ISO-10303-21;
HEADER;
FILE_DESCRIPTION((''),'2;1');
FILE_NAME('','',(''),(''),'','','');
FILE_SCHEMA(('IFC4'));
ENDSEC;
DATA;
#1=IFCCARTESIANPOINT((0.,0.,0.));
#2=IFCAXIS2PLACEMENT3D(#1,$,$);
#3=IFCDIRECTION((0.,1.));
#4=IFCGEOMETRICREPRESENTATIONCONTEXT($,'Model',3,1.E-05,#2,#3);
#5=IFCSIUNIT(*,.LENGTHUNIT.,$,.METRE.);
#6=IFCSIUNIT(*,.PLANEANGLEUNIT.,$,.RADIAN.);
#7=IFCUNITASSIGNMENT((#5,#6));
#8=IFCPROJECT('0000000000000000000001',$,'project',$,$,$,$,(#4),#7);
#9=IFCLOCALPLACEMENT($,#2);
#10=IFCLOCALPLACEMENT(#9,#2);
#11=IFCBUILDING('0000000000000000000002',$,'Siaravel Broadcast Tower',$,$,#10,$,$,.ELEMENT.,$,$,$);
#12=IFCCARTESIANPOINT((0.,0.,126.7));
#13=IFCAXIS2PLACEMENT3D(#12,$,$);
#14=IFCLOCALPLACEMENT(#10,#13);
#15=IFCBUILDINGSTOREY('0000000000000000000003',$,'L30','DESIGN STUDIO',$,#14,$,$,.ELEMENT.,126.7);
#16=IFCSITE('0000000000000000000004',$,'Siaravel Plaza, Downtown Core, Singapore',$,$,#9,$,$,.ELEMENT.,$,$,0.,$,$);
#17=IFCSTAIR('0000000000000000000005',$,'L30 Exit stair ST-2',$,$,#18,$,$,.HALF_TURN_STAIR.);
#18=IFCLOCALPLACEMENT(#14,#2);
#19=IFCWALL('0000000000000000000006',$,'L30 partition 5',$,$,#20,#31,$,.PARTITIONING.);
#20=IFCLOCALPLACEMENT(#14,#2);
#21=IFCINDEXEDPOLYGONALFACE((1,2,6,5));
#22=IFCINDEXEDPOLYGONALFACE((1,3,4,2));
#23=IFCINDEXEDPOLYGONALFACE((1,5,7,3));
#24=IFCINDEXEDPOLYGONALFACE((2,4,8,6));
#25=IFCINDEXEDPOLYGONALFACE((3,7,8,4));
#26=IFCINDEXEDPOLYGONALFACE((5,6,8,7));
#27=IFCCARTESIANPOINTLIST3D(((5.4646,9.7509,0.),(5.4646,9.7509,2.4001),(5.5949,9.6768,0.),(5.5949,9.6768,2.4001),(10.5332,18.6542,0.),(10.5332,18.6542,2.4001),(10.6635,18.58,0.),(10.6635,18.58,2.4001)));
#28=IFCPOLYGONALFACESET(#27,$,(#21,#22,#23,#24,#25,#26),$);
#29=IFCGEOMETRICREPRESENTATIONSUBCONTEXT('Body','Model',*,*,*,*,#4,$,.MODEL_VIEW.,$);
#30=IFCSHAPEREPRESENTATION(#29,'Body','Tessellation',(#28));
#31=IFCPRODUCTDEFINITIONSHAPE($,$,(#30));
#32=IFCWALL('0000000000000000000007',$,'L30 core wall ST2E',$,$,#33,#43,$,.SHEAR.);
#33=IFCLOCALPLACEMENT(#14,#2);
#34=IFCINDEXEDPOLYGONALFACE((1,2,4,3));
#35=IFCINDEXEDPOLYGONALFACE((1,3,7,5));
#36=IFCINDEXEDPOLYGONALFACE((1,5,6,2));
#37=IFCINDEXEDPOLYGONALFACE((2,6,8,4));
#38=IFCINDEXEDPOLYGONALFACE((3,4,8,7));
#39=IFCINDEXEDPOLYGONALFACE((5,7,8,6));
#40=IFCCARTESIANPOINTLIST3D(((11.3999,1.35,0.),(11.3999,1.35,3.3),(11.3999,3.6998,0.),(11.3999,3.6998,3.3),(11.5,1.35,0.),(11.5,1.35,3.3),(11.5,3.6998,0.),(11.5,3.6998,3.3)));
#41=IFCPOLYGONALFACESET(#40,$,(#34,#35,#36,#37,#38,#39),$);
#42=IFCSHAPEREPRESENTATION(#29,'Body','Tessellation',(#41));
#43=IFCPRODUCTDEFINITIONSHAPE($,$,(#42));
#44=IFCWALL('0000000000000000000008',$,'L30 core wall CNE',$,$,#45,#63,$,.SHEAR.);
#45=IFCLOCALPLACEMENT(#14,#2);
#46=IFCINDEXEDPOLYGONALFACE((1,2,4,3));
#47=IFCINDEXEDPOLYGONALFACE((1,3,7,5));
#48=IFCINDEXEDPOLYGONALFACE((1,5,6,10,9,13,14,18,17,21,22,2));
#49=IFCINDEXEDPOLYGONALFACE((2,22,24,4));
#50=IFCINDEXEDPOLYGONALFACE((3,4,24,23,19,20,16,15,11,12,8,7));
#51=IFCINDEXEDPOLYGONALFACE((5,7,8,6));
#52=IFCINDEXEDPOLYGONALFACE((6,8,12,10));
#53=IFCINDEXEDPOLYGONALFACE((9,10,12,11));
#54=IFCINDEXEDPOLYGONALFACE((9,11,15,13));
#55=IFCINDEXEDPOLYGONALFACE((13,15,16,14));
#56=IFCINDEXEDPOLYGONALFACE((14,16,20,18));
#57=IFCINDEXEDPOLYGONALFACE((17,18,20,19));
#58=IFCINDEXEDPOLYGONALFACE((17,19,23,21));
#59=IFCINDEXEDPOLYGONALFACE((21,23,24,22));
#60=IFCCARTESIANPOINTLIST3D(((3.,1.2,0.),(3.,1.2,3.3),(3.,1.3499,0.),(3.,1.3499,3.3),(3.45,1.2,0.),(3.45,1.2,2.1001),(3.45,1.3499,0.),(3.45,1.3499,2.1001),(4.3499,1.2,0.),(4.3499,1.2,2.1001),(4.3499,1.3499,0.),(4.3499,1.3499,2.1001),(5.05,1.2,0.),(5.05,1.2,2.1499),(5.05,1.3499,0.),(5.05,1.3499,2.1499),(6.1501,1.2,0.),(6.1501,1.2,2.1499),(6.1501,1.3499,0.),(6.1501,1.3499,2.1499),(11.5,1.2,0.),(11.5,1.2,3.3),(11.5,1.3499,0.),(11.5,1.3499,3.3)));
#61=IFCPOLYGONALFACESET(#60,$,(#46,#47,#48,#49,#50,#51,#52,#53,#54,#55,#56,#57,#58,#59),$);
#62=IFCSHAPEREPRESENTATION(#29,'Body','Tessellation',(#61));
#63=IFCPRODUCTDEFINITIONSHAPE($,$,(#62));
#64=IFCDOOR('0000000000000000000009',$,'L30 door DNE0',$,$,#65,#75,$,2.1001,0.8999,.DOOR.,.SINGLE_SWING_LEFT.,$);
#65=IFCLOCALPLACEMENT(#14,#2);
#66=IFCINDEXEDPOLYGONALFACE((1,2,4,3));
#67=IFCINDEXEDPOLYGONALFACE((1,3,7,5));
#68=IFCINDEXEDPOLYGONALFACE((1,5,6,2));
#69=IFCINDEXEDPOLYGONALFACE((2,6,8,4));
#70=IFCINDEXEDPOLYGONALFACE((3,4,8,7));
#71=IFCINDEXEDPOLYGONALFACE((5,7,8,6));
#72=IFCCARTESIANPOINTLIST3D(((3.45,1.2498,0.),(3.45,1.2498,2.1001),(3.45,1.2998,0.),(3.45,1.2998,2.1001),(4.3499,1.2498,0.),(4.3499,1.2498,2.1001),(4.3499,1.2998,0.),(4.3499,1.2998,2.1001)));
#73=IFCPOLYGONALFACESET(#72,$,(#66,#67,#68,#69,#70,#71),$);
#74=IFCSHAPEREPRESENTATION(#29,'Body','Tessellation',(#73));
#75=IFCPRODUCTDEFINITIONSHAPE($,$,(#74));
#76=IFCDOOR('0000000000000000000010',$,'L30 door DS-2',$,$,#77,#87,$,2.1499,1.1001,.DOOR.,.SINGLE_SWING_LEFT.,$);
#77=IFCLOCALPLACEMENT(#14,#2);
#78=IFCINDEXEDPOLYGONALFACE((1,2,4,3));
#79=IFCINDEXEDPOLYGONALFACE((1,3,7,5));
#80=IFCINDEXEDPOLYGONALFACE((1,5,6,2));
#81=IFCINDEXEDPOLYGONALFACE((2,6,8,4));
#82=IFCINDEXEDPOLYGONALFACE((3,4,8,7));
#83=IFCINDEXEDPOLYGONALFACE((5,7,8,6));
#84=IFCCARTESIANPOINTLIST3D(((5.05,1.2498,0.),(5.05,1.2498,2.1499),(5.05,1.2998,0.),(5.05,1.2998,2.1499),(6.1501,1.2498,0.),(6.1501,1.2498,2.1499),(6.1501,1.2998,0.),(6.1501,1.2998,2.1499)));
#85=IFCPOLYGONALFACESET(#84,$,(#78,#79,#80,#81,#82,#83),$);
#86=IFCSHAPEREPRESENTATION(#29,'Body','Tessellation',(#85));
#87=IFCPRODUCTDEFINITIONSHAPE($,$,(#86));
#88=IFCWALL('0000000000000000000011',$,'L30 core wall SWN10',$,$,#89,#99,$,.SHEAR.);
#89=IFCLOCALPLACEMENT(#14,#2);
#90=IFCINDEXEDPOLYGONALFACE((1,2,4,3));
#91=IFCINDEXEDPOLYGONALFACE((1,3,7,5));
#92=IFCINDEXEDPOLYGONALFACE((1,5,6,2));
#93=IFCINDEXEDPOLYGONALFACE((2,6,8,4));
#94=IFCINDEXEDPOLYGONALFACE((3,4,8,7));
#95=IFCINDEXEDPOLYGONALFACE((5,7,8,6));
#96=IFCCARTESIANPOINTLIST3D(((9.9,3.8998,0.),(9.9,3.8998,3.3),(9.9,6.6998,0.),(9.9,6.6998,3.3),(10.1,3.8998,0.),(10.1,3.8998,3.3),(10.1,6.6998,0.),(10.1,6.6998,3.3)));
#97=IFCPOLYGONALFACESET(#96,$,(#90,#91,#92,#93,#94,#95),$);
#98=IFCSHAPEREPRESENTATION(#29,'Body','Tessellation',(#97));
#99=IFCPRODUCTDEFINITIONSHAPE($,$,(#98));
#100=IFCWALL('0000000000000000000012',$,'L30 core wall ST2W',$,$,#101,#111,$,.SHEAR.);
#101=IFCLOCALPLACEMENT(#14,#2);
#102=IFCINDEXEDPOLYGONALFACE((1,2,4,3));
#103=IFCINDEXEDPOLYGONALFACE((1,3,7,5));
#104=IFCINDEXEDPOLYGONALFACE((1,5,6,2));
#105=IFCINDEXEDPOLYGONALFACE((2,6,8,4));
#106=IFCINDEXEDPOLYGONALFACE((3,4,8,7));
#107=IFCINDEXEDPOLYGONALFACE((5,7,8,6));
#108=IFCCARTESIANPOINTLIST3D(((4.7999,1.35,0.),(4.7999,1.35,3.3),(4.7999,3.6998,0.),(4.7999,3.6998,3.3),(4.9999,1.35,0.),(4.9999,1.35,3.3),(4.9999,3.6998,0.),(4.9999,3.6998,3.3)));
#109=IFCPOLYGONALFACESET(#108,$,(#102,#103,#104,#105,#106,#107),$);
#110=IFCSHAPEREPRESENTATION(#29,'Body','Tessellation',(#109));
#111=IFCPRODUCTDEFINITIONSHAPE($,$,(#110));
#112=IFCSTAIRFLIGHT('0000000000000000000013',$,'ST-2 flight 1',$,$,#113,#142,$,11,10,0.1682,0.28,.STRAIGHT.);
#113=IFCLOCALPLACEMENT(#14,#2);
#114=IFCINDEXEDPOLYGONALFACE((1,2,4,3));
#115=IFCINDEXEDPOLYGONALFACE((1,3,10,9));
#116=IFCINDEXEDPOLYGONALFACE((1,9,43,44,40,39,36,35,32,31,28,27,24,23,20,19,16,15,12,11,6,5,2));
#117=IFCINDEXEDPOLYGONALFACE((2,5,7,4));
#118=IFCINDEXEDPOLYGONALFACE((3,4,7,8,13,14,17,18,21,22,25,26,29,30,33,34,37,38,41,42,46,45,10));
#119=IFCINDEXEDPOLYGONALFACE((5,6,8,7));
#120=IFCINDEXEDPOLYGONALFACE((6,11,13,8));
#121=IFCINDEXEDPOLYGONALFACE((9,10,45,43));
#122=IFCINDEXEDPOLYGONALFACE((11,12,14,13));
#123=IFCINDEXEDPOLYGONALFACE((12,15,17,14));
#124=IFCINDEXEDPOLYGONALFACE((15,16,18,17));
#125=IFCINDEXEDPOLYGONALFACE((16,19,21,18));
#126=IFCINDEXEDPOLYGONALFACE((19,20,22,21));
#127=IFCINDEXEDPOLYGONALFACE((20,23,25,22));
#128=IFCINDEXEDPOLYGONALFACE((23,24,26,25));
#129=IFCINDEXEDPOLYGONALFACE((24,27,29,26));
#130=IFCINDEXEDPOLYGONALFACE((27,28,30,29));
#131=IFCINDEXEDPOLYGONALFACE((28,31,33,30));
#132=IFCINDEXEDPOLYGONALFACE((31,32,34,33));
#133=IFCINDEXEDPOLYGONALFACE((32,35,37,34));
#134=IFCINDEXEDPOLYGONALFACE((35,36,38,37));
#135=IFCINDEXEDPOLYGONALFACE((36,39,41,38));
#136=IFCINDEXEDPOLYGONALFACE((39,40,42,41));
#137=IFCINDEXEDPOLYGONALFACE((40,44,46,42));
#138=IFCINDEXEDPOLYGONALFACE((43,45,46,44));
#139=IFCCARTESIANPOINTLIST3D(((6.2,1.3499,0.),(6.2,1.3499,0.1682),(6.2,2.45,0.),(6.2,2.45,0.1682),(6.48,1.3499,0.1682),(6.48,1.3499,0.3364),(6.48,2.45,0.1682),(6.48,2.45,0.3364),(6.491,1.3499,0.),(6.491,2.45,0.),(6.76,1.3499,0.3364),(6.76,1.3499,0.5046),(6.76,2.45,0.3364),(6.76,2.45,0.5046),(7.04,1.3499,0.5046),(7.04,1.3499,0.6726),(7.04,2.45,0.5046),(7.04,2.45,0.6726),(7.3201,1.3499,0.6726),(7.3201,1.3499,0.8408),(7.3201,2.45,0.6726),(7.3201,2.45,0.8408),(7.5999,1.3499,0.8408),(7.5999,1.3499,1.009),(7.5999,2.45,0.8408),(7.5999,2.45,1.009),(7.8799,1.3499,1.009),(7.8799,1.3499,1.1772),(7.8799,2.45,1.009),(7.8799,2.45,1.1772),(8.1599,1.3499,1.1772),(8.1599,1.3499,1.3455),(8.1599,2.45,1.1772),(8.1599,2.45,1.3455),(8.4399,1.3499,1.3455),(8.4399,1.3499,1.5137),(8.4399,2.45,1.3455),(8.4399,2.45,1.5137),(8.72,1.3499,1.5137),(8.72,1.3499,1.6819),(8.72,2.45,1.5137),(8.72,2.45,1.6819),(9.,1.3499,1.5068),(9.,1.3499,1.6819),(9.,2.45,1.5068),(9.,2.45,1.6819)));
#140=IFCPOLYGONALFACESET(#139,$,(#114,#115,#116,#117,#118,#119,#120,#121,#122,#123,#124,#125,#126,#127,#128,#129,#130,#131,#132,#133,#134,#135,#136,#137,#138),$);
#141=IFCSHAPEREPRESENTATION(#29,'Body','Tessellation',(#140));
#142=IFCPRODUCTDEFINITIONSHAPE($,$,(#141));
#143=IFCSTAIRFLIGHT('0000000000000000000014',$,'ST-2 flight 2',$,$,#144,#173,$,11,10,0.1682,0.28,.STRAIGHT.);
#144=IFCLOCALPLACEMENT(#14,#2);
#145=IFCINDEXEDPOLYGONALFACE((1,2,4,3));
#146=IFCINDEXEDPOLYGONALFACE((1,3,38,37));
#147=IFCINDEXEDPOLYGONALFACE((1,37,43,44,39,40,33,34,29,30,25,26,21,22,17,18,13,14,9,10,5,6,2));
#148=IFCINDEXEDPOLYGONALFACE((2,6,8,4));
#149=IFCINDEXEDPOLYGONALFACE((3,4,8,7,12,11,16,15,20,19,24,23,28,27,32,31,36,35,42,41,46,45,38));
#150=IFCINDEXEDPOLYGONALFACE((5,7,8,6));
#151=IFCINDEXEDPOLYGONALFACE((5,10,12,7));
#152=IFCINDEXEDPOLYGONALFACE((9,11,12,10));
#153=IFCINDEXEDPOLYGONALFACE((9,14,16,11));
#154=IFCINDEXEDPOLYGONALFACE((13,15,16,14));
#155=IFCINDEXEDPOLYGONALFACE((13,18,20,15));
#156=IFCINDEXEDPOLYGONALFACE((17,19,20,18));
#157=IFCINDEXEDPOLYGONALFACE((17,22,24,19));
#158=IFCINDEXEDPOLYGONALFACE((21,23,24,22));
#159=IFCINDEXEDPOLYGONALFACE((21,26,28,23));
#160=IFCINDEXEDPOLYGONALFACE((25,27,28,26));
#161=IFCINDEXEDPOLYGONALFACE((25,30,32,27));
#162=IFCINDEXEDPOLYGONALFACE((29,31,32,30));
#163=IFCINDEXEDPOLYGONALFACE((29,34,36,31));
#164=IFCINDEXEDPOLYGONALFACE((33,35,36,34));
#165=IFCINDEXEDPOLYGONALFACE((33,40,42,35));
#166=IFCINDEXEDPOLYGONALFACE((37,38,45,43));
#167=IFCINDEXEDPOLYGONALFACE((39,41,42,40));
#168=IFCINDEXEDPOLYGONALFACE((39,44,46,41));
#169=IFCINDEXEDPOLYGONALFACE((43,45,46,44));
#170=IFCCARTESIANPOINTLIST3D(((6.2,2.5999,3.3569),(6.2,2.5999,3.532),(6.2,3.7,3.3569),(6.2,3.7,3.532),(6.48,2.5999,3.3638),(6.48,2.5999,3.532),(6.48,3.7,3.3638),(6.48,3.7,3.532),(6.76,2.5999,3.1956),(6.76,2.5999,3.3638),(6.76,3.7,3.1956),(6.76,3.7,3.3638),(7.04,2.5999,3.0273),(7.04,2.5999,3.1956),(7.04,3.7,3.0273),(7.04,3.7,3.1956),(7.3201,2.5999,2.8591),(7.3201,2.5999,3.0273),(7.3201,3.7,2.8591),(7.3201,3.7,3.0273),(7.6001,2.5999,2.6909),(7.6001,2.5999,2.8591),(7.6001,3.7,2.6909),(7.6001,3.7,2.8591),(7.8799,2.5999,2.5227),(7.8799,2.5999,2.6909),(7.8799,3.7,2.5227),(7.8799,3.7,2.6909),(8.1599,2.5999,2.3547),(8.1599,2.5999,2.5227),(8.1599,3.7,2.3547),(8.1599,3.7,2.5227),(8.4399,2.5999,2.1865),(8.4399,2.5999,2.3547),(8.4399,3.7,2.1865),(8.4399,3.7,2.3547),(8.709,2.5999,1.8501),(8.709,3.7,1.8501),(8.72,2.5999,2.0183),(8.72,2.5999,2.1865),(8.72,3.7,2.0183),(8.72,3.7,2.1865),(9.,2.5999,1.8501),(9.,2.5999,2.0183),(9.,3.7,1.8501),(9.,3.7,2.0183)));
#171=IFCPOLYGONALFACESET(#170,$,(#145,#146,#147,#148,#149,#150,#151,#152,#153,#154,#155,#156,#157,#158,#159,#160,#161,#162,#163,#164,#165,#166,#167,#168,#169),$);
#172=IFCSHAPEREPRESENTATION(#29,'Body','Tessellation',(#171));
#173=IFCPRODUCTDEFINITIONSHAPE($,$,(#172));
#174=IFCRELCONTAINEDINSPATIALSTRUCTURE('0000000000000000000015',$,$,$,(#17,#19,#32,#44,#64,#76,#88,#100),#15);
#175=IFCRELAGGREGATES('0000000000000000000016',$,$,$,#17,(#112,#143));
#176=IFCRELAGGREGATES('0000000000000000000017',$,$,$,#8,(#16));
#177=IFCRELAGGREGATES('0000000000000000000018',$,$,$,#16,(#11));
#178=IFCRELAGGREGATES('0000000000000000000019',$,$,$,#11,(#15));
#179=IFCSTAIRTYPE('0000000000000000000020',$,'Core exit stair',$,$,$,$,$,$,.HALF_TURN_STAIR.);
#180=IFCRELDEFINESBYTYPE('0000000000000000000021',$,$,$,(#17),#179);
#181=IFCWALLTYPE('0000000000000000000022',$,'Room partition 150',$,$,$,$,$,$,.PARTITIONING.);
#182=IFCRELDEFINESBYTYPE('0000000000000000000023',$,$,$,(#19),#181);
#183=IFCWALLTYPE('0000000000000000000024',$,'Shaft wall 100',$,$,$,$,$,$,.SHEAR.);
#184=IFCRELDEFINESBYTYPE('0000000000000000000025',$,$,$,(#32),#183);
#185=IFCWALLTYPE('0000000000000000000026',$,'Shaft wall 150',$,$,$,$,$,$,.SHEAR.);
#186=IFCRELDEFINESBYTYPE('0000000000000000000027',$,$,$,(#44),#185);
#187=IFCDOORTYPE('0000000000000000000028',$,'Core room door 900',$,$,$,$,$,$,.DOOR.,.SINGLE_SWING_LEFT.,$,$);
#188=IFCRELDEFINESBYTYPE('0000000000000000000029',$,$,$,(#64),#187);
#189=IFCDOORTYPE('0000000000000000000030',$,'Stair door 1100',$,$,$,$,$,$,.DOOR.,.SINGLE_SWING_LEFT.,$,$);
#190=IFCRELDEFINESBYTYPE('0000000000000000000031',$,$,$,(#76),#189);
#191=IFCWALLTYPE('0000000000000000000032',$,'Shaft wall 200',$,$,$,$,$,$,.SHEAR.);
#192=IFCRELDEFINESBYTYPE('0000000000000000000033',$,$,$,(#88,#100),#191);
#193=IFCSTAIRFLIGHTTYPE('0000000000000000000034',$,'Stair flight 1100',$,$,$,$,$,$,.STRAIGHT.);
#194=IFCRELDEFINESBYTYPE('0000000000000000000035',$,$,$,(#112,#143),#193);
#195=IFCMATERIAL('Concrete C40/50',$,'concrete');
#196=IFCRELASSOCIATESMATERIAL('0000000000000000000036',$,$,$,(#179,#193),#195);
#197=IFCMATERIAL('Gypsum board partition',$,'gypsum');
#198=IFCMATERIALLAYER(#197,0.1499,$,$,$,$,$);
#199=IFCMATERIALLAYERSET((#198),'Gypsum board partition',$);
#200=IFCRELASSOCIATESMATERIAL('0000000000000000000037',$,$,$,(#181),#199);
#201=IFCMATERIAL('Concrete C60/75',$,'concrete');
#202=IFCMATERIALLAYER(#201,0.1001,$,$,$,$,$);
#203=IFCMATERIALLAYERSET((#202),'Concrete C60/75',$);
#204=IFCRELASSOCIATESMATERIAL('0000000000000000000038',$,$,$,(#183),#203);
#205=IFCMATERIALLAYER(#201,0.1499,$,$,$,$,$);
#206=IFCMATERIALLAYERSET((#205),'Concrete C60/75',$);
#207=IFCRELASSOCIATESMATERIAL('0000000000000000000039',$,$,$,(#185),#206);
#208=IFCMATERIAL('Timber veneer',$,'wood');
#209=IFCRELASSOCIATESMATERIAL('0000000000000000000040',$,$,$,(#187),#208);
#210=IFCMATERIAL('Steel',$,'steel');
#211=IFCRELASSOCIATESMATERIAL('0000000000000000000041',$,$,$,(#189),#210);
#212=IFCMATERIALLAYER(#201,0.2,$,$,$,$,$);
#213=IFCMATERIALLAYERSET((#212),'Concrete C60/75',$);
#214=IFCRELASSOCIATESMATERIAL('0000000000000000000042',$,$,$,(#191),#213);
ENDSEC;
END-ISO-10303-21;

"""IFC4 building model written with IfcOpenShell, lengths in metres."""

from ifc_helpers import new_model, si_unit, direction, frame, frame_2d, origin, place, context, subcontext, project, spatial, polyline, rectangle, outline, extrude, material, layer, layer_set, type_object, element, fill, aggregate, save


model = new_model("IFC4")

# Units and contexts
model_context = context("Model", 3, precision=1e-05, world=origin(), true_north=direction((0.0, 1.0)))
body_context = subcontext(model_context, "Body", "Model", "MODEL_VIEW")
ifc_project = project(units=[si_unit("LENGTHUNIT", "METRE"), si_unit("PLANEANGLEUNIT", "RADIAN")], contexts=[model_context])

# Site, building, storey
site_placement = place(None, origin())
site = spatial("IfcSite", under=ifc_project, at=site_placement, Name="Siaravel Plaza, Downtown Core, Singapore", CompositionType="ELEMENT", RefElevation=0.0)
building_placement = place(site_placement, origin())
building = spatial("IfcBuilding", under=site, at=building_placement, Name="Siaravel Broadcast Tower", CompositionType="ELEMENT")
storey_placement = place(building_placement, frame((0.0, 0.0, 126.7)))
storey = spatial("IfcBuildingStorey", under=building, at=storey_placement, Name="L30", Description="DESIGN STUDIO", CompositionType="ELEMENT", Elevation=126.7)

# Shared definitions
ifc_material_1 = material(Name="Concrete C60/75", Category="concrete")

# Shared definitions
ifc_material_2 = material(Name="Concrete C40/50", Category="concrete")

# Stair
stair_type = type_object("IfcStairType", Name="Core exit stair", PredefinedType="HALF_TURN_STAIR", material=ifc_material_2)
stair_1_placement = place(storey_placement, origin())
stair_1 = element("IfcStair", 1, at=stair_1_placement, inside=storey, type_object=stair_type, Name="L30 Exit stair ST-2", PredefinedType="HALF_TURN_STAIR")

# Shared definitions
ifc_material_3 = material(Name="Gypsum board partition", Category="gypsum")
ifc_material_4 = material(Name="Timber veneer", Category="wood")

# Walls
ifc_layer_1 = layer(ifc_material_3, 0.1499)
ifc_layer_set_1 = layer_set([ifc_layer_1], Name="Gypsum board partition")
wall_type_1 = type_object("IfcWallType", Name="Room partition 150", PredefinedType="PARTITIONING", material=ifc_layer_set_1)
wall_1_placement = place(storey_placement, frame((10.5984, 18.6172, 0.0), z_axis=(0.0, 0.0, 1.0), x_axis=(-0.49474, -0.869041, 0.0)))
element("IfcWall", 2, at=wall_1_placement, inside=storey, type_object=wall_type_1, Name="L30 partition 5", PredefinedType="PARTITIONING", context=body_context, shape_type="SweptSolid", body=[
    extrude(rectangle(XDim=10.2449, YDim=0.1499, at=frame_2d((5.1226, 0.0))), origin(), (0.0, 0.0, 1.0), 2.4001),
])
ifc_layer_2 = layer(ifc_material_1, 0.1001)
ifc_layer_set_2 = layer_set([ifc_layer_2], Name="Concrete C60/75")
wall_type_2 = type_object("IfcWallType", Name="Shaft wall 100", PredefinedType="SHEAR", material=ifc_layer_set_2)
wall_2_placement = place(storey_placement, frame((11.45, 1.3501, 0.0), z_axis=(0.0, 0.0, 1.0), x_axis=(0.0, 1.0, 0.0)))
element("IfcWall", 3, at=wall_2_placement, inside=storey, type_object=wall_type_2, Name="L30 core wall ST2E", PredefinedType="SHEAR", context=body_context, shape_type="SweptSolid", body=[
    extrude(rectangle(XDim=2.3499, YDim=0.1001, at=frame_2d((1.1748, 0.0))), origin(), (0.0, 0.0, 1.0), 3.3),
])

# Wall, openings, doors
ifc_layer_3 = layer(ifc_material_1, 0.1499)
ifc_layer_set_3 = layer_set([ifc_layer_3], Name="Concrete C60/75")
wall_type_3 = type_object("IfcWallType", Name="Shaft wall 150", PredefinedType="SHEAR", material=ifc_layer_set_3)
wall_3_placement = place(storey_placement, frame((3.0, 1.2749, 0.0), z_axis=(0.0, 0.0, 1.0), x_axis=(1.0, 0.0, 0.0)))
wall_3 = element("IfcWall", 4, at=wall_3_placement, inside=storey, type_object=wall_type_3, Name="L30 core wall CNE", PredefinedType="SHEAR", context=body_context, shape_type="SweptSolid", body=[
    extrude(rectangle(XDim=8.5, YDim=0.1499, at=frame_2d((4.25, 0.0))), origin(), (0.0, 0.0, 1.0), 3.3),
])
opening_1_placement = place(wall_3_placement, frame((2.05, 0.0, 0.0)))
opening_1 = element("IfcOpeningElement", 5, at=opening_1_placement, cuts=wall_3, PredefinedType="OPENING", context=body_context, shape_type="SweptSolid", body=[
    extrude(rectangle(XDim=1.1001, YDim=2.1499, at=frame_2d((0.55, 1.075))), frame((0.0, 0.085, 0.0), z_axis=(0.0, -1.0, 0.0), x_axis=(1.0, 0.0, 0.0)), (0.0, 0.0, 1.0), 0.1699),
])
opening_2_placement = place(wall_3_placement, frame((0.45, 0.0, 0.0)))
opening_2 = element("IfcOpeningElement", 6, at=opening_2_placement, cuts=wall_3, PredefinedType="OPENING", context=body_context, shape_type="SweptSolid", body=[
    extrude(rectangle(XDim=0.8999, YDim=2.1001, at=frame_2d((0.45, 1.05))), frame((0.0, 0.085, 0.0), z_axis=(0.0, -1.0, 0.0), x_axis=(1.0, 0.0, 0.0)), (0.0, 0.0, 1.0), 0.1699),
])
door_type_1 = type_object("IfcDoorType", Name="Core room door 900", OperationType="SINGLE_SWING_LEFT", PredefinedType="DOOR", material=ifc_material_4)
door_1_placement = place(opening_2_placement, origin())
door_1 = element("IfcDoor", 7, at=door_1_placement, inside=storey, type_object=door_type_1, Name="L30 door DNE0", OperationType="SINGLE_SWING_LEFT", OverallHeight=2.1001, OverallWidth=0.8999, PredefinedType="DOOR", context=body_context, shape_type="SweptSolid", body=[
    extrude(rectangle(XDim=0.8999, YDim=2.1001, at=frame_2d((0.45, 1.05))), frame((0.0, 0.0249, 0.0), z_axis=(0.0, -1.0, 0.0), x_axis=(1.0, 0.0, 0.0)), (0.0, 0.0, 1.0), 0.05),
])
fill(opening_2, door_1)
ifc_material_5 = material(Name="Steel", Category="steel")
door_type_2 = type_object("IfcDoorType", Name="Stair door 1100", OperationType="SINGLE_SWING_LEFT", PredefinedType="DOOR", material=ifc_material_5)
door_2_placement = place(opening_1_placement, origin())
door_2 = element("IfcDoor", 8, at=door_2_placement, inside=storey, type_object=door_type_2, Name="L30 door DS-2", OperationType="SINGLE_SWING_LEFT", OverallHeight=2.1499, OverallWidth=1.1001, PredefinedType="DOOR", context=body_context, shape_type="SweptSolid", body=[
    extrude(rectangle(XDim=1.1001, YDim=2.1499, at=frame_2d((0.55, 1.075))), frame((0.0, 0.0249, 0.0), z_axis=(0.0, -1.0, 0.0), x_axis=(1.0, 0.0, 0.0)), (0.0, 0.0, 1.0), 0.05),
])
fill(opening_1, door_2)

# Walls
ifc_layer_4 = layer(ifc_material_1, 0.2)
ifc_layer_set_4 = layer_set([ifc_layer_4], Name="Concrete C60/75")
wall_type_4 = type_object("IfcWallType", Name="Shaft wall 200", PredefinedType="SHEAR", material=ifc_layer_set_4)
wall_4_placement = place(storey_placement, frame((10.0, 3.8999, 0.0), z_axis=(0.0, 0.0, 1.0), x_axis=(0.0, 1.0, 0.0)))
element("IfcWall", 9, at=wall_4_placement, inside=storey, type_object=wall_type_4, Name="L30 core wall SWN10", PredefinedType="SHEAR", context=body_context, shape_type="SweptSolid", body=[
    extrude(rectangle(XDim=2.8, YDim=0.2, at=frame_2d((1.3999, 0.0))), origin(), (0.0, 0.0, 1.0), 3.3),
])
wall_5_placement = place(storey_placement, frame((4.8999, 1.3501, 0.0), z_axis=(0.0, 0.0, 1.0), x_axis=(0.0, 1.0, 0.0)))
element("IfcWall", 10, at=wall_5_placement, inside=storey, type_object=wall_type_4, Name="L30 core wall ST2W", PredefinedType="SHEAR", context=body_context, shape_type="SweptSolid", body=[
    extrude(rectangle(XDim=2.3499, YDim=0.2, at=frame_2d((1.1748, 0.0))), origin(), (0.0, 0.0, 1.0), 3.3),
])

# Stair flights
stair_flight_type = type_object("IfcStairFlightType", Name="Stair flight 1100", PredefinedType="STRAIGHT", material=ifc_material_2)
stair_flight_1_placement = place(storey_placement, frame((6.2, 1.8999, 0.0), z_axis=(0.0, 0.0, 1.0), x_axis=(1.0, 0.0, 0.0)))
stair_flight_1 = element("IfcStairFlight", 11, at=stair_flight_1_placement, type_object=stair_flight_type, Name="ST-2 flight 1", NumberOfRisers=11, NumberOfTreads=10, PredefinedType="STRAIGHT", RiserHeight=0.1682, TreadLength=0.28, context=body_context, shape_type="SweptSolid", body=[
    extrude(outline(polyline([(0.0, 0.0), (0.0, 0.1682), (0.28, 0.1682), (0.28, 0.3364), (0.5601, 0.3364), (0.5601, 0.5046), (0.8401, 0.5046), (0.8401, 0.6726), (1.1201, 0.6726), (1.1201, 0.8408), (1.3999, 0.8408), (1.3999, 1.009), (1.6799, 1.009), (1.6799, 1.1772), (1.96, 1.1772), (1.96, 1.3455), (2.24, 1.3455), (2.24, 1.5137), (2.52, 1.5137), (2.52, 1.6819), (2.8, 1.6819), (2.8, 1.8501), (2.8, 1.5068), (0.291, 0.0), (0.0, 0.0)])), frame((0.0, 0.55, 0.0), z_axis=(0.0, -1.0, 0.0), x_axis=(1.0, 0.0, 0.0)), (0.0, 0.0, 1.0), 1.1001),
])
stair_flight_2_placement = place(storey_placement, frame((9.0, 3.1499, 1.8501), z_axis=(0.0, 0.0, 1.0), x_axis=(-1.0, 0.0, 0.0)))
stair_flight_2 = element("IfcStairFlight", 12, at=stair_flight_2_placement, type_object=stair_flight_type, Name="ST-2 flight 2", NumberOfRisers=11, NumberOfTreads=10, PredefinedType="STRAIGHT", RiserHeight=0.1682, TreadLength=0.28, context=body_context, shape_type="SweptSolid", body=[
    extrude(outline(polyline([(0.0, 0.0), (0.0, 0.1682), (0.28, 0.1682), (0.28, 0.3364), (0.5601, 0.3364), (0.5601, 0.5046), (0.8401, 0.5046), (0.8401, 0.6726), (1.1201, 0.6726), (1.1201, 0.8408), (1.3999, 0.8408), (1.3999, 1.009), (1.6799, 1.009), (1.6799, 1.1772), (1.96, 1.1772), (1.96, 1.3455), (2.24, 1.3455), (2.24, 1.5137), (2.52, 1.5137), (2.52, 1.6819), (2.8, 1.6819), (2.8, 1.8501), (2.8, 1.5068), (0.291, 0.0), (0.0, 0.0)])), frame((0.0, 0.55, 0.0), z_axis=(0.0, -1.0, 0.0), x_axis=(1.0, 0.0, 0.0)), (0.0, 0.0, 1.0), 1.1001),
])
aggregate(stair_1, [stair_flight_1, stair_flight_2])

save(model, "model.ifc")
